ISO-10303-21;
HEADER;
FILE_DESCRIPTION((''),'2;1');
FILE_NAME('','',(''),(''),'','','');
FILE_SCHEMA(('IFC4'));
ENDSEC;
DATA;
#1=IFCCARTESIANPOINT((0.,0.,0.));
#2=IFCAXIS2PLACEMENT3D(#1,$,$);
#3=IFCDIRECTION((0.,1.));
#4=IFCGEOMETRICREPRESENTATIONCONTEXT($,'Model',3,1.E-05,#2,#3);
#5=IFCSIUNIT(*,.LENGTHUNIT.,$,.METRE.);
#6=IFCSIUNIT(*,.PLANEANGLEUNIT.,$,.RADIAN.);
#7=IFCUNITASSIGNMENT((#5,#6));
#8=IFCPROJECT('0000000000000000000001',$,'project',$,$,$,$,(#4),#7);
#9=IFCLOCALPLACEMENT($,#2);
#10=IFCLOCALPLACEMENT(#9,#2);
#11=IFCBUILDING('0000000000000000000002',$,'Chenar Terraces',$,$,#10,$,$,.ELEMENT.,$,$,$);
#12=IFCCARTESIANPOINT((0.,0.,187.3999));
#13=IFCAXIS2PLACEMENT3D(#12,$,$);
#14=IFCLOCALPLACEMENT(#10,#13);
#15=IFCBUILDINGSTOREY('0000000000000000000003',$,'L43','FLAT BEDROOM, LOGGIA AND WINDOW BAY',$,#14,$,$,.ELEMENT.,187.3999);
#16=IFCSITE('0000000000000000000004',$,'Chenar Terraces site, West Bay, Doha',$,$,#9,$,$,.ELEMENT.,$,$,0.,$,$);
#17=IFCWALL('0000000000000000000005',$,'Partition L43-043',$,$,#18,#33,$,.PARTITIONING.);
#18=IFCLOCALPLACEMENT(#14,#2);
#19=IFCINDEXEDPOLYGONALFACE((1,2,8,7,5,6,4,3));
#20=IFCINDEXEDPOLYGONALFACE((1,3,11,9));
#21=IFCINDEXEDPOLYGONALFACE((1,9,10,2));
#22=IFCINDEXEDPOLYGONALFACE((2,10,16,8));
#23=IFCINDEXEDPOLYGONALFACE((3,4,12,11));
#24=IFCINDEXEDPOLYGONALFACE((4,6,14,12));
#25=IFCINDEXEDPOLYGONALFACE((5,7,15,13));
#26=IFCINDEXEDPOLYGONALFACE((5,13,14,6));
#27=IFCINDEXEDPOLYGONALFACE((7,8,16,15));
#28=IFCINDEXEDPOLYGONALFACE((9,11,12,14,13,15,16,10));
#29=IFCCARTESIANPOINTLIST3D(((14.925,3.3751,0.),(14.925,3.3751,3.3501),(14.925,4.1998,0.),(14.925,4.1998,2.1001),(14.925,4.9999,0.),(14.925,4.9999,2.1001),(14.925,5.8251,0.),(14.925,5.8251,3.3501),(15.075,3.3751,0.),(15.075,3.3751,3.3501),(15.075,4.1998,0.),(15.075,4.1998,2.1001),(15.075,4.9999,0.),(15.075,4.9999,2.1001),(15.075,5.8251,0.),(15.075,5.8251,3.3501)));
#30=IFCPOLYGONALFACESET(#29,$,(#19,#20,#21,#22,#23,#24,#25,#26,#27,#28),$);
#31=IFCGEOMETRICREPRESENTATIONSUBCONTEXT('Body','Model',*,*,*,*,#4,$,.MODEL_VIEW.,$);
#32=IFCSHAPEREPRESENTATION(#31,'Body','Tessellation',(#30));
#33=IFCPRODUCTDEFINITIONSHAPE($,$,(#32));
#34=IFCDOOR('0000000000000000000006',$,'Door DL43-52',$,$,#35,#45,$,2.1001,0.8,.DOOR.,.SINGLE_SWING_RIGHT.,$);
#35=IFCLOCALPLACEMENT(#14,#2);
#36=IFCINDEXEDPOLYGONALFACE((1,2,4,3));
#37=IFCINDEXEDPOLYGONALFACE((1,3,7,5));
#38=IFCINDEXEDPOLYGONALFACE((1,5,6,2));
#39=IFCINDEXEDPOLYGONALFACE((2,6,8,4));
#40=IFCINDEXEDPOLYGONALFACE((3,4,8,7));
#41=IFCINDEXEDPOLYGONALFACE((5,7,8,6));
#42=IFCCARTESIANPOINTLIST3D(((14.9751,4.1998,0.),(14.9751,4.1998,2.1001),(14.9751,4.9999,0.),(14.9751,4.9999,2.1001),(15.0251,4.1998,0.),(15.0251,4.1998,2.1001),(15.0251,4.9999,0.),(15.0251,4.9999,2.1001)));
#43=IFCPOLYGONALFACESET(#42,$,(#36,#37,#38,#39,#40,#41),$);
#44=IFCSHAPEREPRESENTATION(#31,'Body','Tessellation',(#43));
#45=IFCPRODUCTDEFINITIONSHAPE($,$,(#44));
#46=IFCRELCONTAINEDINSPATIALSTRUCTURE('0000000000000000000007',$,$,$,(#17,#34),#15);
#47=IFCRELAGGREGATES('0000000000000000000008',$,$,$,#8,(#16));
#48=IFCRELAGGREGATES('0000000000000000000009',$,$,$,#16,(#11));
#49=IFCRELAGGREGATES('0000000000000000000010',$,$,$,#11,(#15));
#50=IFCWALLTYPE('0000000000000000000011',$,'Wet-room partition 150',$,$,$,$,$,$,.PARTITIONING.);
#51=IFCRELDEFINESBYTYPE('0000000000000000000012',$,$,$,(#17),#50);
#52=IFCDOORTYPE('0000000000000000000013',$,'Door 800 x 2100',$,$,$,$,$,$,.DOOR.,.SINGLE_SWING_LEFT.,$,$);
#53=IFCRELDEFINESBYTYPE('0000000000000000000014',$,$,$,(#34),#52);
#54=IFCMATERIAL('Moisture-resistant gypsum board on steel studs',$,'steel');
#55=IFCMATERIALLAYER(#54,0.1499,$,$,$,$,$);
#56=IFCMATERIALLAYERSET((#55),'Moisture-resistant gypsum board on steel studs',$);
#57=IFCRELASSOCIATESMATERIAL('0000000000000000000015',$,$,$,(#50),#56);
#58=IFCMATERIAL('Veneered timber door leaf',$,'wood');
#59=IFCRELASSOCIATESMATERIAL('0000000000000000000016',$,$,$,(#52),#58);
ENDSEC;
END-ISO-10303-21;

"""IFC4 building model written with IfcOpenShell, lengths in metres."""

from ifc_helpers import new_model, si_unit, direction, frame, frame_2d, origin, place, context, subcontext, project, spatial, rectangle, extrude, material, layer, layer_set, type_object, element, fill, save


model = new_model("IFC4")

# Units and contexts
model_context = context("Model", 3, precision=1e-05, world=origin(), true_north=direction((0.0, 1.0)))
body_context = subcontext(model_context, "Body", "Model", "MODEL_VIEW")
ifc_project = project(units=[si_unit("LENGTHUNIT", "METRE"), si_unit("PLANEANGLEUNIT", "RADIAN")], contexts=[model_context])

# Site, building, storey
site_placement = place(None, origin())
site = spatial("IfcSite", under=ifc_project, at=site_placement, Name="Chenar Terraces site, West Bay, Doha", CompositionType="ELEMENT", RefElevation=0.0)
building_placement = place(site_placement, origin())
building = spatial("IfcBuilding", under=site, at=building_placement, Name="Chenar Terraces", CompositionType="ELEMENT")
storey_placement = place(building_placement, frame((0.0, 0.0, 187.3999)))
storey = spatial("IfcBuildingStorey", under=building, at=storey_placement, Name="L43", Description="FLAT BEDROOM, LOGGIA AND WINDOW BAY", CompositionType="ELEMENT", Elevation=187.3999)

# Shared definitions
ifc_material_1 = material(Name="Moisture-resistant gypsum board on steel studs", Category="steel")
ifc_layer_1 = layer(ifc_material_1, 0.1499)
ifc_layer_set_1 = layer_set([ifc_layer_1], Name="Moisture-resistant gypsum board on steel studs")
wall_type_1 = type_object("IfcWallType", Name="Wet-room partition 150", PredefinedType="PARTITIONING", material=ifc_layer_set_1)

# Wall, opening, door
wall_1_placement = place(storey_placement, frame((15.0, 3.375, 0.0), z_axis=(0.0, 0.0, 1.0), x_axis=(0.0, 1.0, 0.0)))
wall_1 = element("IfcWall", 1, at=wall_1_placement, inside=storey, type_object=wall_type_1, Name="Partition L43-043", PredefinedType="PARTITIONING", context=body_context, shape_type="SweptSolid", body=[
    extrude(rectangle(XDim=2.45, YDim=0.1499, at=frame_2d((1.2251, 0.0))), origin(), (0.0, 0.0, 1.0), 3.3501),
])
opening_1_placement = place(wall_1_placement, frame((0.825, 0.0, 0.0)))
opening_1 = element("IfcOpeningElement", 2, at=opening_1_placement, cuts=wall_1, PredefinedType="OPENING", context=body_context, shape_type="SweptSolid", body=[
    extrude(rectangle(XDim=0.8, YDim=2.1001, at=frame_2d((0.3999, 1.05))), frame((0.0, 0.085, 0.0), z_axis=(0.0, -1.0, 0.0), x_axis=(1.0, 0.0, 0.0)), (0.0, 0.0, 1.0), 0.1699),
])
ifc_material_2 = material(Name="Veneered timber door leaf", Category="wood")
door_type_1 = type_object("IfcDoorType", Name="Door 800 x 2100", OperationType="SINGLE_SWING_LEFT", PredefinedType="DOOR", material=ifc_material_2)
door_1_placement = place(opening_1_placement, origin())
door_1 = element("IfcDoor", 3, at=door_1_placement, inside=storey, type_object=door_type_1, Name="Door DL43-52", OperationType="SINGLE_SWING_RIGHT", OverallHeight=2.1001, OverallWidth=0.8, PredefinedType="DOOR", context=body_context, shape_type="SweptSolid", body=[
    extrude(rectangle(XDim=0.8, YDim=2.1001, at=frame_2d((0.3999, 1.05))), frame((0.0, 0.0249, 0.0), z_axis=(0.0, -1.0, 0.0), x_axis=(1.0, 0.0, 0.0)), (0.0, 0.0, 1.0), 0.05),
])
fill(opening_1, door_1)

save(model, "model.ifc")
